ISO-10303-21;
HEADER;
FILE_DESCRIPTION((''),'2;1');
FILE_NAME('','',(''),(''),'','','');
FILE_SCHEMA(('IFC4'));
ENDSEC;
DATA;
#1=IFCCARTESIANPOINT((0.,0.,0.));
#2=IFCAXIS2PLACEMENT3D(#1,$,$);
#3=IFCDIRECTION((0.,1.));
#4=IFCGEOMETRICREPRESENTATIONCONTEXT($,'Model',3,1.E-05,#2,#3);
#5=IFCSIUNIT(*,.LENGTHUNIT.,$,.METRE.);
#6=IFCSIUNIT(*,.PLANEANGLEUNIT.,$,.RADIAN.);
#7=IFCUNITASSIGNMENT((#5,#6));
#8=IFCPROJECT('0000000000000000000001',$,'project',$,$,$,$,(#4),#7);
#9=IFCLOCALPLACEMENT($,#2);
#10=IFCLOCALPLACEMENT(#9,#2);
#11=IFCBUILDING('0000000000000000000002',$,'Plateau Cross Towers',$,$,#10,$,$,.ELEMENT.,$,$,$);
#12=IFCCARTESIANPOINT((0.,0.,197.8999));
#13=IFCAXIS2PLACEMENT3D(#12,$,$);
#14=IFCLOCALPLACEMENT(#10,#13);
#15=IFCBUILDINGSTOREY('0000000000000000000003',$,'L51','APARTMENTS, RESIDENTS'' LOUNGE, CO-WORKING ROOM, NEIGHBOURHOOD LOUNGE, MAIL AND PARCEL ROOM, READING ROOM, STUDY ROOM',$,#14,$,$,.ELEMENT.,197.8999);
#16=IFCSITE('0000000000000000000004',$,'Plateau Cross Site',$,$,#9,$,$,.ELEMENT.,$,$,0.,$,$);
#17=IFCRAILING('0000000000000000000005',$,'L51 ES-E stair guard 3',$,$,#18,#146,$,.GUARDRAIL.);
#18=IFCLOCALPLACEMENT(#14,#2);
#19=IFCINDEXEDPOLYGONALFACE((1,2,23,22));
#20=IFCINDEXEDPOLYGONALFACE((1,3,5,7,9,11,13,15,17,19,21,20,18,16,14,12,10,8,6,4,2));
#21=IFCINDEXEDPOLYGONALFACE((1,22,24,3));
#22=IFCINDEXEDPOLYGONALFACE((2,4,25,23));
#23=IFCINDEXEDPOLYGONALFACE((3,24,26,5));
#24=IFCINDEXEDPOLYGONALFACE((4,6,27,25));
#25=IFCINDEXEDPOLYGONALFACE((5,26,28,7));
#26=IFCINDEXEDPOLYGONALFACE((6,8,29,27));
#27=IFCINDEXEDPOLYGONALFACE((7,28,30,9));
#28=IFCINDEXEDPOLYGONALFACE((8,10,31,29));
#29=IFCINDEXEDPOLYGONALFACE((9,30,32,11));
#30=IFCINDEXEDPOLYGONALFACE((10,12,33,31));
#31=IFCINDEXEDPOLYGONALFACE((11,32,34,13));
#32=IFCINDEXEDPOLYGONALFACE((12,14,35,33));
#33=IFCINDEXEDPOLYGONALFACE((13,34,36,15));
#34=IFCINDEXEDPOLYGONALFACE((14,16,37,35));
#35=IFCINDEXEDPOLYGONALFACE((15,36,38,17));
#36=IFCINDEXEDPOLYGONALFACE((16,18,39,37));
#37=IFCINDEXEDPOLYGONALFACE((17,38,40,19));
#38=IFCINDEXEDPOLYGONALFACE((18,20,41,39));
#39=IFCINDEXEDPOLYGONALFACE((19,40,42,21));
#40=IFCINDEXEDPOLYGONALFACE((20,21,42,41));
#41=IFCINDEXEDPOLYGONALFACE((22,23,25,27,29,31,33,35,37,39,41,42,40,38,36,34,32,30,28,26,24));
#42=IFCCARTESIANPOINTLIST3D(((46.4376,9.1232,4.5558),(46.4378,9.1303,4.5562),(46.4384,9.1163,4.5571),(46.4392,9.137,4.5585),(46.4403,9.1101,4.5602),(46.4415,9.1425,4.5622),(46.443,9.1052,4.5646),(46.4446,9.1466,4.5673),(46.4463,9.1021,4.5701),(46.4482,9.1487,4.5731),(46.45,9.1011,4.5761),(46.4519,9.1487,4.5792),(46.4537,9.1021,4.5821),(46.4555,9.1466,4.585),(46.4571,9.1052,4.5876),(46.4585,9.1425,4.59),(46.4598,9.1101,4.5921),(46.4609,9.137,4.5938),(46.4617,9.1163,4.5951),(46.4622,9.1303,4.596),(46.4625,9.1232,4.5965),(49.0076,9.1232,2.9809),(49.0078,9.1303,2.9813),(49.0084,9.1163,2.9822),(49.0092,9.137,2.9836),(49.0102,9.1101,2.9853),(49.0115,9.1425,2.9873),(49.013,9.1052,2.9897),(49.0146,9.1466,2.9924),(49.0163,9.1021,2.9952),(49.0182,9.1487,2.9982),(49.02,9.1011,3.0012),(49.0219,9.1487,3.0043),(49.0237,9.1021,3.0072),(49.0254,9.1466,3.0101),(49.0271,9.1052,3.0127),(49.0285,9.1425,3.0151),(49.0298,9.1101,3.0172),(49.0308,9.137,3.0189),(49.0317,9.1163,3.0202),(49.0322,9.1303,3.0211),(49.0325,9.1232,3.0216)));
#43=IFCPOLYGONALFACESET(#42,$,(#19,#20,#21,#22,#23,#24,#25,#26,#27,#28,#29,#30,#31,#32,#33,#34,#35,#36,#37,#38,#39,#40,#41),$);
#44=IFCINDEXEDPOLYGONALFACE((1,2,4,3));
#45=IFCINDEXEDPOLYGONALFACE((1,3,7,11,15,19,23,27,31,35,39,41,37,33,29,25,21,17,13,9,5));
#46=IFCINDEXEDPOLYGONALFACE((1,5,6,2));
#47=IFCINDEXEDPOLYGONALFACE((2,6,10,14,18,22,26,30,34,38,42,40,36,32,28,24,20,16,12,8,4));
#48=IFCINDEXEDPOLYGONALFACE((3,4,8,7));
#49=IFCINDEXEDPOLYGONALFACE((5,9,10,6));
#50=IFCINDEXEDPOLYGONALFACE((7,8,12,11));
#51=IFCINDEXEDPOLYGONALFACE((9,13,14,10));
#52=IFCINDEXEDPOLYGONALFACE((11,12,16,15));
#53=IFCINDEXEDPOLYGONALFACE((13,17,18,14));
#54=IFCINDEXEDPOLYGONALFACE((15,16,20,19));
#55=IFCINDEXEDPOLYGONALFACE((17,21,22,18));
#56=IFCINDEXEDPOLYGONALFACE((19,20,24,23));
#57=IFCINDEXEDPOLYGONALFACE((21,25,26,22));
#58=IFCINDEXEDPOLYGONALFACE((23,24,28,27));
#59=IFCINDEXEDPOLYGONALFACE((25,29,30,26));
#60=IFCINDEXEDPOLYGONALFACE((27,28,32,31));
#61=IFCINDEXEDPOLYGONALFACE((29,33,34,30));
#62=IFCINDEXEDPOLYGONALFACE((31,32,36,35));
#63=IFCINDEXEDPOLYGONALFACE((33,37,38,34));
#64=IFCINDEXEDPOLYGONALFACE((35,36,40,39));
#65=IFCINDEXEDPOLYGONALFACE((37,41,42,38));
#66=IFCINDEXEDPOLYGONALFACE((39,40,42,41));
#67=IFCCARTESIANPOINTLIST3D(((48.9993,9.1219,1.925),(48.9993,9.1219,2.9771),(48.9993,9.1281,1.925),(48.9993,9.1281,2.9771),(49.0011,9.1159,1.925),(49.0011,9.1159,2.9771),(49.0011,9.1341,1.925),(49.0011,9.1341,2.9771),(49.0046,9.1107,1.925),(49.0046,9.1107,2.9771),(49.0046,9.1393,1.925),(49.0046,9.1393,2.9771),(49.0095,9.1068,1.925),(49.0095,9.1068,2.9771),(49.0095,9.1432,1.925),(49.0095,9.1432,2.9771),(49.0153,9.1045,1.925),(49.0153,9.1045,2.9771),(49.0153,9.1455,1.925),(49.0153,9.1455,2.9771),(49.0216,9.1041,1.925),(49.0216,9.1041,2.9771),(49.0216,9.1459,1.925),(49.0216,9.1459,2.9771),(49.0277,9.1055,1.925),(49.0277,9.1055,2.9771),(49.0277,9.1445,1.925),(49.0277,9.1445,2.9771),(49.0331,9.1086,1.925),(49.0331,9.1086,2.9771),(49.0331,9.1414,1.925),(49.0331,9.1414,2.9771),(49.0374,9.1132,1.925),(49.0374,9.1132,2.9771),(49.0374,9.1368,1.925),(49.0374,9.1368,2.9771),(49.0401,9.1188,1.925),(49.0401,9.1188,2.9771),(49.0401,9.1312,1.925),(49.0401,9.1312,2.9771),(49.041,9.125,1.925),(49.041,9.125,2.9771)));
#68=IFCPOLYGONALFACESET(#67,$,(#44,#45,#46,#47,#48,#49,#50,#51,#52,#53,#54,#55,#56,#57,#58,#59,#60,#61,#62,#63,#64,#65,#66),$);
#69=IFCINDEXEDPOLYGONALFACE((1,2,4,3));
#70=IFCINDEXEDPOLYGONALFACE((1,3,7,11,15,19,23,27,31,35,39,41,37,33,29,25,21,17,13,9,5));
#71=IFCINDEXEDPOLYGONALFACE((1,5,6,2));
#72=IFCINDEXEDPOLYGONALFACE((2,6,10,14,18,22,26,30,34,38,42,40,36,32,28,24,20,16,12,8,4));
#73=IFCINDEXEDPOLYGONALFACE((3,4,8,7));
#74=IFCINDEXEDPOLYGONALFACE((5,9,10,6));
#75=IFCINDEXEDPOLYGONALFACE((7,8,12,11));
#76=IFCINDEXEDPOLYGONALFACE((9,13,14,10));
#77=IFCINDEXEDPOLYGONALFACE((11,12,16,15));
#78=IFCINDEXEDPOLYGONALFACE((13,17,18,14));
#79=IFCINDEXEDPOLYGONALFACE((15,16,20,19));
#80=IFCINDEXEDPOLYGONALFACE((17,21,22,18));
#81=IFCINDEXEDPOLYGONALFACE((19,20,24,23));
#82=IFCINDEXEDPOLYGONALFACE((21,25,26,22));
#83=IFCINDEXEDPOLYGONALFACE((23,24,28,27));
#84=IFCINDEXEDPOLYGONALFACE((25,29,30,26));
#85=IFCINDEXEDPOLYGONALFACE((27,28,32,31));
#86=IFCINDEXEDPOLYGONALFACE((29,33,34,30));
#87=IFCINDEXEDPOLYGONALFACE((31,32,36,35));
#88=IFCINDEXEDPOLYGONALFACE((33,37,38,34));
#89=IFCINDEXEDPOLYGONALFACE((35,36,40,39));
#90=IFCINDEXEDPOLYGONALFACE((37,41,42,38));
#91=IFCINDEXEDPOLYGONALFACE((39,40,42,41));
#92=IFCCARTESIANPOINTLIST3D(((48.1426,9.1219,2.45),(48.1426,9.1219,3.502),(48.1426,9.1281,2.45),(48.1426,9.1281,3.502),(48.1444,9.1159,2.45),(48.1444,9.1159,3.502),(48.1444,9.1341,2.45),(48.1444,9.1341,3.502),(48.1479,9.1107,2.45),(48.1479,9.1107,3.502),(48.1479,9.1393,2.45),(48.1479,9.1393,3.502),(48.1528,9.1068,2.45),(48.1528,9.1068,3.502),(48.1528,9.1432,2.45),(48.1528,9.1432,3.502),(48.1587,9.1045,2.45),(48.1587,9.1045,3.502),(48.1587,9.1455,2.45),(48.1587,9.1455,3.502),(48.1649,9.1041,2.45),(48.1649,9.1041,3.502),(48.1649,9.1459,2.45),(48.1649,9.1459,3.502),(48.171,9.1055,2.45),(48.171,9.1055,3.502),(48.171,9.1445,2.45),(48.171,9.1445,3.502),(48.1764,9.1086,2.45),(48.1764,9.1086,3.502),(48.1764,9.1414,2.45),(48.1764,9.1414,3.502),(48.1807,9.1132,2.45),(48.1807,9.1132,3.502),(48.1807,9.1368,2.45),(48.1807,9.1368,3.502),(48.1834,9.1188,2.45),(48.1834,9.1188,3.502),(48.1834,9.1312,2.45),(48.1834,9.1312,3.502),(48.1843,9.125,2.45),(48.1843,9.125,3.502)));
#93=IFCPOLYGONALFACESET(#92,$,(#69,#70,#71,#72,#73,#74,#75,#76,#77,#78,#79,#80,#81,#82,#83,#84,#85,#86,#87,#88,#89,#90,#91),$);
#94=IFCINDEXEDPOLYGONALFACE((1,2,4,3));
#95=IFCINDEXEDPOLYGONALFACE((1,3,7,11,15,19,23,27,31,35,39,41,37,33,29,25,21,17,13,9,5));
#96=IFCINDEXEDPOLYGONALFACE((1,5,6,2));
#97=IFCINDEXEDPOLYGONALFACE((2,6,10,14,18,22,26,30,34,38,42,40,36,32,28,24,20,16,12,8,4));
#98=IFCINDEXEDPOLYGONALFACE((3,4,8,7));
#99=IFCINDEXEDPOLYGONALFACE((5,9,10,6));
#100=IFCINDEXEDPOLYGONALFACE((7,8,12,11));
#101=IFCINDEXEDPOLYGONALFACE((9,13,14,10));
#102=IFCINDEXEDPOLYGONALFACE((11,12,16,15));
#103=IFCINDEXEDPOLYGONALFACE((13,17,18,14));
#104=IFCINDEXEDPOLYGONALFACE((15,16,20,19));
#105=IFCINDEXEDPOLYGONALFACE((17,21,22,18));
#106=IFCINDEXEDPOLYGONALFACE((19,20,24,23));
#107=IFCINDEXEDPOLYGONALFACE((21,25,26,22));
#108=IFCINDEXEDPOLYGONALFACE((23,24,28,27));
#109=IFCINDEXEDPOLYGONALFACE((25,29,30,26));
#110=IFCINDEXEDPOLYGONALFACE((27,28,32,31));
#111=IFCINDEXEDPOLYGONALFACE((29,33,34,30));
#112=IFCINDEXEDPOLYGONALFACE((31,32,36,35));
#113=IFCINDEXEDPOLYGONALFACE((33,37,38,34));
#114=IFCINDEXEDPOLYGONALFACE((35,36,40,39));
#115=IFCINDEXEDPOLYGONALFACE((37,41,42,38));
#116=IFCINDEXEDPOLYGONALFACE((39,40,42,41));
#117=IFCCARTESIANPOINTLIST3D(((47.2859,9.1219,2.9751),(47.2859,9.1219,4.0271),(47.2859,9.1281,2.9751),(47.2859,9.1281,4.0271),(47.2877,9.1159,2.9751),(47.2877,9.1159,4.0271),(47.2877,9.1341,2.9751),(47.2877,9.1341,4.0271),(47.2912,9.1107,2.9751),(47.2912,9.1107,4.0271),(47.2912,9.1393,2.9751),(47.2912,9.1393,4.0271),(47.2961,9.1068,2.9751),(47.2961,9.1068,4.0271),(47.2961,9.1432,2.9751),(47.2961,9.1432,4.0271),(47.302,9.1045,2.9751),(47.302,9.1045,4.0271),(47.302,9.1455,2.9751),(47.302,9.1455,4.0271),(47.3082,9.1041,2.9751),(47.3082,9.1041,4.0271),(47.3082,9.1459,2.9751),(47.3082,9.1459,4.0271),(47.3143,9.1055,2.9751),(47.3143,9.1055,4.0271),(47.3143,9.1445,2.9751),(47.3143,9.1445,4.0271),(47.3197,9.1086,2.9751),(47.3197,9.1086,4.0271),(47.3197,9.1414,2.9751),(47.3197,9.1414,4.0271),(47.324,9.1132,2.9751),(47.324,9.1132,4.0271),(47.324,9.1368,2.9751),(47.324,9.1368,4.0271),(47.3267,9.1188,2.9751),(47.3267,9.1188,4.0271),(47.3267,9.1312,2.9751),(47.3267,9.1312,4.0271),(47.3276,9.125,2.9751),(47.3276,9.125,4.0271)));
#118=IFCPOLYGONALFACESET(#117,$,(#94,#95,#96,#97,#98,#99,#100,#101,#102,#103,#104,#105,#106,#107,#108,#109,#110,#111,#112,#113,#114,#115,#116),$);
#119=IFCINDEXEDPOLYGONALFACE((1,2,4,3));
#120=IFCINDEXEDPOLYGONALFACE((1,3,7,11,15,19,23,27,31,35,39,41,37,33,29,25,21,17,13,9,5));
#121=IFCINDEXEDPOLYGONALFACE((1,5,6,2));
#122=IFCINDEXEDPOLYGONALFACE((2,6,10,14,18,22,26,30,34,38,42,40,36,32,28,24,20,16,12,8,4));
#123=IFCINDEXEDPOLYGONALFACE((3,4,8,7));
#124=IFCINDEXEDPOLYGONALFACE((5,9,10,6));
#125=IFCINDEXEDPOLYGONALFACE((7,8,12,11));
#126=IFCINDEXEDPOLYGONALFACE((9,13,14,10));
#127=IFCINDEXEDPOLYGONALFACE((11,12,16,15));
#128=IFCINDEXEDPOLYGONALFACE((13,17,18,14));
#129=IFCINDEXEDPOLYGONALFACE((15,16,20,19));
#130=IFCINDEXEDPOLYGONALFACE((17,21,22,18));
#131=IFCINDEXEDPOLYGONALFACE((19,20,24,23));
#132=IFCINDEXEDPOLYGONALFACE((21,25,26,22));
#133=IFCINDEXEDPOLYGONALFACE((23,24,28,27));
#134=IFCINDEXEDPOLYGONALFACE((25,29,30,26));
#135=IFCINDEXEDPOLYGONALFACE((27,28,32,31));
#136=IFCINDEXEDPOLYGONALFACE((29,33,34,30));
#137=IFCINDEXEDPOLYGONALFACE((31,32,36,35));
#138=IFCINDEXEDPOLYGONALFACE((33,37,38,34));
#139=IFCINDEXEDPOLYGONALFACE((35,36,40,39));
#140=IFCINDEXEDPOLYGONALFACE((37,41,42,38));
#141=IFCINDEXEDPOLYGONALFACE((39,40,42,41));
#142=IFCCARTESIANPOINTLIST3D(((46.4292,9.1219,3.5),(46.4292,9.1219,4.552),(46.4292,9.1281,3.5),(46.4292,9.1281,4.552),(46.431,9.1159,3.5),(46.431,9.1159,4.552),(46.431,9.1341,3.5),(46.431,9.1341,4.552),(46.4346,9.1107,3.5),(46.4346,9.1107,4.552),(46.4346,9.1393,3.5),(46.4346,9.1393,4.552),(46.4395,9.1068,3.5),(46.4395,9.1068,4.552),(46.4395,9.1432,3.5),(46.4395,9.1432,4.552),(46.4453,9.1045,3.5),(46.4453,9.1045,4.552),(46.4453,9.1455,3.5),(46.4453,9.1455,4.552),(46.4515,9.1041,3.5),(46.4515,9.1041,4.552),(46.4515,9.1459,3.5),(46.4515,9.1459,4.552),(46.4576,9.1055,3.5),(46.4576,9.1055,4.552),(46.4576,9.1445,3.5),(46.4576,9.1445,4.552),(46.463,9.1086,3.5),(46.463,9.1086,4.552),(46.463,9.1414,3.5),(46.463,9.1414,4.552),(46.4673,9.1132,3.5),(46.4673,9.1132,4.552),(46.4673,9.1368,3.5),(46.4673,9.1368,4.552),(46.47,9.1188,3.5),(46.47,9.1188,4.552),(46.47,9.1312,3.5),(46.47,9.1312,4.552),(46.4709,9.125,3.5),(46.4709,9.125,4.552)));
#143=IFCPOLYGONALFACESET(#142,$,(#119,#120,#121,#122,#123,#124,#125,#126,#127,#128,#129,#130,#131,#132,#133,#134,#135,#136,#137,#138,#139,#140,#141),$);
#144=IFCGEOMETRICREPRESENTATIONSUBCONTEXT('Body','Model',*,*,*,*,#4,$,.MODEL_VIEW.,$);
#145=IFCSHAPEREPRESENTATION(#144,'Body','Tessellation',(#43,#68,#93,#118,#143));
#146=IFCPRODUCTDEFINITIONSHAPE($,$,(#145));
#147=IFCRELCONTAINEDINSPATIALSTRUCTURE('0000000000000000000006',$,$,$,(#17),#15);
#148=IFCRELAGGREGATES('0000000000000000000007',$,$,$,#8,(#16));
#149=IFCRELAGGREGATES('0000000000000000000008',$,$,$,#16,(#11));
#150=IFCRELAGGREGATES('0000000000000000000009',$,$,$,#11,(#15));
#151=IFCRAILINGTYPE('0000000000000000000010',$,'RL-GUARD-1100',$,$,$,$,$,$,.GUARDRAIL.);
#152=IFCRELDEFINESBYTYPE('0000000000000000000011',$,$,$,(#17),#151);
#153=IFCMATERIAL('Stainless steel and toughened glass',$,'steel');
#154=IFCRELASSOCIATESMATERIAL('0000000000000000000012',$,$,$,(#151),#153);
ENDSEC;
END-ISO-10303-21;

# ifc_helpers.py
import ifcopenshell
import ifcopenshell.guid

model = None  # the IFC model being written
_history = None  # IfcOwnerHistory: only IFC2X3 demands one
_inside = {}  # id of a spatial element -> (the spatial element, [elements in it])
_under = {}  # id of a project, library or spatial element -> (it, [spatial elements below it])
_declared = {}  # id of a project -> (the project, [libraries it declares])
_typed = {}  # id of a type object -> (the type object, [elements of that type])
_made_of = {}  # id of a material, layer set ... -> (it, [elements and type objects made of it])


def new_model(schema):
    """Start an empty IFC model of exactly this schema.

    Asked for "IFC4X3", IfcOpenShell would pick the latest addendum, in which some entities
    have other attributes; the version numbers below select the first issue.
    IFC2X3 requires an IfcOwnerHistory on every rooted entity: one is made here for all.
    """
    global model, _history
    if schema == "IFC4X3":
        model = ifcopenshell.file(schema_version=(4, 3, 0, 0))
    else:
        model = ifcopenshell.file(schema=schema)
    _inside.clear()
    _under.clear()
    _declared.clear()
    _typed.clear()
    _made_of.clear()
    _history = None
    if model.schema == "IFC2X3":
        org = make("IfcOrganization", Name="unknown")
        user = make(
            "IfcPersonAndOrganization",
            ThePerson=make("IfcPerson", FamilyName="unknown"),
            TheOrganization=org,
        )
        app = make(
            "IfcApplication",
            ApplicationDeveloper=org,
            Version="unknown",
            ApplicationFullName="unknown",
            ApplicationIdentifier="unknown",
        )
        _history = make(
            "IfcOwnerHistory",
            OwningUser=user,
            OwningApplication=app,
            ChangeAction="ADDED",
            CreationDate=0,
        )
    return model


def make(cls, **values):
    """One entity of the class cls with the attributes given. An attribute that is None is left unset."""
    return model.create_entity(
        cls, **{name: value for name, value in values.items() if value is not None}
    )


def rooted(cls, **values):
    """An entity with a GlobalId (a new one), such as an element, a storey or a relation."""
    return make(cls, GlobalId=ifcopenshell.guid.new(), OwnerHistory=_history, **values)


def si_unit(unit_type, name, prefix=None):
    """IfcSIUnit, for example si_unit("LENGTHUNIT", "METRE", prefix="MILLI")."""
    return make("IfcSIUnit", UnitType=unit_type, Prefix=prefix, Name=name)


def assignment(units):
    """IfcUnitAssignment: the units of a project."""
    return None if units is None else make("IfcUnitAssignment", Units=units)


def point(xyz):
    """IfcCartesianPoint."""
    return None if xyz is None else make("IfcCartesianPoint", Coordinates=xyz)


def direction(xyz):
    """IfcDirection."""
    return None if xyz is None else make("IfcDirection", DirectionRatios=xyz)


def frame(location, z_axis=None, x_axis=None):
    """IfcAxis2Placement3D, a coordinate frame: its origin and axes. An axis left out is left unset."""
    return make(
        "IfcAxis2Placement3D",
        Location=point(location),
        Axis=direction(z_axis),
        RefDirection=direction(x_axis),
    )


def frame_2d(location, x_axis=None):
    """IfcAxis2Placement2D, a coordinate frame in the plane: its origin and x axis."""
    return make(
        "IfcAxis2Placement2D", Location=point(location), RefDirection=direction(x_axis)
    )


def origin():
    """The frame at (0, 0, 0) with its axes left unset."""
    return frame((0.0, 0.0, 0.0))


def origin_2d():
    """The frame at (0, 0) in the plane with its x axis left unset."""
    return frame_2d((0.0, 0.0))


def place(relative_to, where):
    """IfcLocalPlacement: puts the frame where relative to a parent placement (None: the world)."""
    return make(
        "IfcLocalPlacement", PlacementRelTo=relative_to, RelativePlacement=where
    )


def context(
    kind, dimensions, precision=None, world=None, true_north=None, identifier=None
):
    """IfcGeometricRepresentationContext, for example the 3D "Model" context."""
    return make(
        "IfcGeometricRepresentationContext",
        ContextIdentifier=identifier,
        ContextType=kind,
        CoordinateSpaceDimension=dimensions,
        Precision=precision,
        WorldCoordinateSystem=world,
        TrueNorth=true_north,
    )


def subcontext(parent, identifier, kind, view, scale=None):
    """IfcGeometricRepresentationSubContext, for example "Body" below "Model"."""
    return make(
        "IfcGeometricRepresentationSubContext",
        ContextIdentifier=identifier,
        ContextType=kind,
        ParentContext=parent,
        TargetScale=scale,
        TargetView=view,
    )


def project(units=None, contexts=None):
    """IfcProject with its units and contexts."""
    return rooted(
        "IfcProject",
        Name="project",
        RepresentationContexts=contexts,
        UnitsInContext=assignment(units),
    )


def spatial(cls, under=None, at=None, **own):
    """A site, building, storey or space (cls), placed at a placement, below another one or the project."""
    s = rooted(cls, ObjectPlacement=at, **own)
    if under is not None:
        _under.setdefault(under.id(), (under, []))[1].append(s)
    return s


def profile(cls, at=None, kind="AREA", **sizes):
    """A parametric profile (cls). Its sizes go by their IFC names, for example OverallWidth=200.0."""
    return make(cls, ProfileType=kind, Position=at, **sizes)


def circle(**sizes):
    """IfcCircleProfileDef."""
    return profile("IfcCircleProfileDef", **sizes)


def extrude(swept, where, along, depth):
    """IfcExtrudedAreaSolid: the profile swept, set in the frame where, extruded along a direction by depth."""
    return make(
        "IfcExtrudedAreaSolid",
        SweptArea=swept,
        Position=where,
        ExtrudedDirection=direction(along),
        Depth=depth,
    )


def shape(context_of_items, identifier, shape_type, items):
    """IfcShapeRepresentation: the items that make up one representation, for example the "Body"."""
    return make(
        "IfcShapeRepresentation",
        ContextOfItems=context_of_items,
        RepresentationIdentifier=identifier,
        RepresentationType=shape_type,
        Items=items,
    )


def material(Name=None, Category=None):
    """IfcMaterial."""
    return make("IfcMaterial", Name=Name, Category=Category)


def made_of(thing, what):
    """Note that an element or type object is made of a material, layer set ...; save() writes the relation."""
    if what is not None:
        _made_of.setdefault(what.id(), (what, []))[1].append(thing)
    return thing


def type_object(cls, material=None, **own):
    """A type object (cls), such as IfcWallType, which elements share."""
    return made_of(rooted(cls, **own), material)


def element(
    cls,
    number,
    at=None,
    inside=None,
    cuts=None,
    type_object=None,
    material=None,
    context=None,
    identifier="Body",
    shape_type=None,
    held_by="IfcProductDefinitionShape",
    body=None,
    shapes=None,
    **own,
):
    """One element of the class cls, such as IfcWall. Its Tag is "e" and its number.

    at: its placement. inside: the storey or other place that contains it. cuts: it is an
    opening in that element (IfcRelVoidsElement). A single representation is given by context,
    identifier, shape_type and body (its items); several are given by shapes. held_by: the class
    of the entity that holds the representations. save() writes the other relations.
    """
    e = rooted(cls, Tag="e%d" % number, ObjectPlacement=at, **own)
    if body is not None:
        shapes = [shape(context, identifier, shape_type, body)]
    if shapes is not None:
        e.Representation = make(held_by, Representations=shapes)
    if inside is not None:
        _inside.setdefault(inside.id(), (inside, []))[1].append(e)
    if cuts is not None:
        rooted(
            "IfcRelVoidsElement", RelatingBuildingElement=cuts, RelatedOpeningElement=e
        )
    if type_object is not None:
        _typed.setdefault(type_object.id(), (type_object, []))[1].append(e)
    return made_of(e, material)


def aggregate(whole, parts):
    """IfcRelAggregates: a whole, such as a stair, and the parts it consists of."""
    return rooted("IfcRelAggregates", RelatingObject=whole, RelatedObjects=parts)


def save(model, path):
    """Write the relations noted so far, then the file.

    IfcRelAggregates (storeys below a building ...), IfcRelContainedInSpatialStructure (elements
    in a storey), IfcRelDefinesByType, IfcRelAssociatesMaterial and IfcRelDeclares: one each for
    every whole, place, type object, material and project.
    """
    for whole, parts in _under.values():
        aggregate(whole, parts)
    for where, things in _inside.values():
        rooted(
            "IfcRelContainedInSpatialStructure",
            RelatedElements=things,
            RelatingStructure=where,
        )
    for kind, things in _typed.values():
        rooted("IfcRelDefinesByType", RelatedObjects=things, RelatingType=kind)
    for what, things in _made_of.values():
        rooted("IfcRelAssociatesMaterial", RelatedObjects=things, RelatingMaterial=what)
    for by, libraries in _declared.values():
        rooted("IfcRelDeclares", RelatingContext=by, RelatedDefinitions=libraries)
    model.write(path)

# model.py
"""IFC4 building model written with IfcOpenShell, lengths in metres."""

from ifc_helpers import new_model, si_unit, direction, frame, origin, origin_2d, place, context, subcontext, project, spatial, circle, extrude, material, type_object, element, save


model = new_model("IFC4")

# Units and contexts
model_context = context("Model", 3, precision=1e-05, world=origin(), true_north=direction((0.0, 1.0)))
body_context = subcontext(model_context, "Body", "Model", "MODEL_VIEW")
ifc_project = project(units=[si_unit("LENGTHUNIT", "METRE"), si_unit("PLANEANGLEUNIT", "RADIAN")], contexts=[model_context])

# Site, building, storey
site_placement = place(None, origin())
site = spatial("IfcSite", under=ifc_project, at=site_placement, Name="Plateau Cross Site", CompositionType="ELEMENT", RefElevation=0.0)
building_placement = place(site_placement, origin())
building = spatial("IfcBuilding", under=site, at=building_placement, Name="Plateau Cross Towers", CompositionType="ELEMENT")
storey_placement = place(building_placement, frame((0.0, 0.0, 197.8999)))
storey = spatial("IfcBuildingStorey", under=building, at=storey_placement, Name="L51", Description="APARTMENTS, RESIDENTS' LOUNGE, CO-WORKING ROOM, NEIGHBOURHOOD LOUNGE, MAIL AND PARCEL ROOM, READING ROOM, STUDY ROOM", CompositionType="ELEMENT", Elevation=197.8999)

# Railing
ifc_material_1 = material(Name="Stainless steel and toughened glass", Category="steel")
railing_type_1 = type_object("IfcRailingType", Name="RL-GUARD-1100", PredefinedType="GUARDRAIL", material=ifc_material_1)
railing_1_placement = place(storey_placement, frame((49.02, 9.125, 1.925)))
element("IfcRailing", 1, at=railing_1_placement, inside=storey, type_object=railing_type_1, Name="L51 ES-E stair guard 3", PredefinedType="GUARDRAIL", context=body_context, shape_type="SweptSolid", body=[
    extrude(circle(Radius=0.0239, at=origin_2d()), frame((0.0, 0.0, 1.0762), z_axis=(-0.852639, 0.0, 0.522501), x_axis=(0.0, -1.0, 0.0)), (0.0, 0.0, 1.0), 3.0142),
    extrude(circle(Radius=0.021, at=origin_2d()), origin(), (0.0, 0.0, 1.0), 1.052),
    extrude(circle(Radius=0.021, at=origin_2d()), frame((-0.8567, 0.0, 0.5249)), (0.0, 0.0, 1.0), 1.052),
    extrude(circle(Radius=0.021, at=origin_2d()), frame((-1.7134, 0.0, 1.05)), (0.0, 0.0, 1.0), 1.052),
    extrude(circle(Radius=0.021, at=origin_2d()), frame((-2.5701, 0.0, 1.575)), (0.0, 0.0, 1.0), 1.052),
])

save(model, "model.ifc")
